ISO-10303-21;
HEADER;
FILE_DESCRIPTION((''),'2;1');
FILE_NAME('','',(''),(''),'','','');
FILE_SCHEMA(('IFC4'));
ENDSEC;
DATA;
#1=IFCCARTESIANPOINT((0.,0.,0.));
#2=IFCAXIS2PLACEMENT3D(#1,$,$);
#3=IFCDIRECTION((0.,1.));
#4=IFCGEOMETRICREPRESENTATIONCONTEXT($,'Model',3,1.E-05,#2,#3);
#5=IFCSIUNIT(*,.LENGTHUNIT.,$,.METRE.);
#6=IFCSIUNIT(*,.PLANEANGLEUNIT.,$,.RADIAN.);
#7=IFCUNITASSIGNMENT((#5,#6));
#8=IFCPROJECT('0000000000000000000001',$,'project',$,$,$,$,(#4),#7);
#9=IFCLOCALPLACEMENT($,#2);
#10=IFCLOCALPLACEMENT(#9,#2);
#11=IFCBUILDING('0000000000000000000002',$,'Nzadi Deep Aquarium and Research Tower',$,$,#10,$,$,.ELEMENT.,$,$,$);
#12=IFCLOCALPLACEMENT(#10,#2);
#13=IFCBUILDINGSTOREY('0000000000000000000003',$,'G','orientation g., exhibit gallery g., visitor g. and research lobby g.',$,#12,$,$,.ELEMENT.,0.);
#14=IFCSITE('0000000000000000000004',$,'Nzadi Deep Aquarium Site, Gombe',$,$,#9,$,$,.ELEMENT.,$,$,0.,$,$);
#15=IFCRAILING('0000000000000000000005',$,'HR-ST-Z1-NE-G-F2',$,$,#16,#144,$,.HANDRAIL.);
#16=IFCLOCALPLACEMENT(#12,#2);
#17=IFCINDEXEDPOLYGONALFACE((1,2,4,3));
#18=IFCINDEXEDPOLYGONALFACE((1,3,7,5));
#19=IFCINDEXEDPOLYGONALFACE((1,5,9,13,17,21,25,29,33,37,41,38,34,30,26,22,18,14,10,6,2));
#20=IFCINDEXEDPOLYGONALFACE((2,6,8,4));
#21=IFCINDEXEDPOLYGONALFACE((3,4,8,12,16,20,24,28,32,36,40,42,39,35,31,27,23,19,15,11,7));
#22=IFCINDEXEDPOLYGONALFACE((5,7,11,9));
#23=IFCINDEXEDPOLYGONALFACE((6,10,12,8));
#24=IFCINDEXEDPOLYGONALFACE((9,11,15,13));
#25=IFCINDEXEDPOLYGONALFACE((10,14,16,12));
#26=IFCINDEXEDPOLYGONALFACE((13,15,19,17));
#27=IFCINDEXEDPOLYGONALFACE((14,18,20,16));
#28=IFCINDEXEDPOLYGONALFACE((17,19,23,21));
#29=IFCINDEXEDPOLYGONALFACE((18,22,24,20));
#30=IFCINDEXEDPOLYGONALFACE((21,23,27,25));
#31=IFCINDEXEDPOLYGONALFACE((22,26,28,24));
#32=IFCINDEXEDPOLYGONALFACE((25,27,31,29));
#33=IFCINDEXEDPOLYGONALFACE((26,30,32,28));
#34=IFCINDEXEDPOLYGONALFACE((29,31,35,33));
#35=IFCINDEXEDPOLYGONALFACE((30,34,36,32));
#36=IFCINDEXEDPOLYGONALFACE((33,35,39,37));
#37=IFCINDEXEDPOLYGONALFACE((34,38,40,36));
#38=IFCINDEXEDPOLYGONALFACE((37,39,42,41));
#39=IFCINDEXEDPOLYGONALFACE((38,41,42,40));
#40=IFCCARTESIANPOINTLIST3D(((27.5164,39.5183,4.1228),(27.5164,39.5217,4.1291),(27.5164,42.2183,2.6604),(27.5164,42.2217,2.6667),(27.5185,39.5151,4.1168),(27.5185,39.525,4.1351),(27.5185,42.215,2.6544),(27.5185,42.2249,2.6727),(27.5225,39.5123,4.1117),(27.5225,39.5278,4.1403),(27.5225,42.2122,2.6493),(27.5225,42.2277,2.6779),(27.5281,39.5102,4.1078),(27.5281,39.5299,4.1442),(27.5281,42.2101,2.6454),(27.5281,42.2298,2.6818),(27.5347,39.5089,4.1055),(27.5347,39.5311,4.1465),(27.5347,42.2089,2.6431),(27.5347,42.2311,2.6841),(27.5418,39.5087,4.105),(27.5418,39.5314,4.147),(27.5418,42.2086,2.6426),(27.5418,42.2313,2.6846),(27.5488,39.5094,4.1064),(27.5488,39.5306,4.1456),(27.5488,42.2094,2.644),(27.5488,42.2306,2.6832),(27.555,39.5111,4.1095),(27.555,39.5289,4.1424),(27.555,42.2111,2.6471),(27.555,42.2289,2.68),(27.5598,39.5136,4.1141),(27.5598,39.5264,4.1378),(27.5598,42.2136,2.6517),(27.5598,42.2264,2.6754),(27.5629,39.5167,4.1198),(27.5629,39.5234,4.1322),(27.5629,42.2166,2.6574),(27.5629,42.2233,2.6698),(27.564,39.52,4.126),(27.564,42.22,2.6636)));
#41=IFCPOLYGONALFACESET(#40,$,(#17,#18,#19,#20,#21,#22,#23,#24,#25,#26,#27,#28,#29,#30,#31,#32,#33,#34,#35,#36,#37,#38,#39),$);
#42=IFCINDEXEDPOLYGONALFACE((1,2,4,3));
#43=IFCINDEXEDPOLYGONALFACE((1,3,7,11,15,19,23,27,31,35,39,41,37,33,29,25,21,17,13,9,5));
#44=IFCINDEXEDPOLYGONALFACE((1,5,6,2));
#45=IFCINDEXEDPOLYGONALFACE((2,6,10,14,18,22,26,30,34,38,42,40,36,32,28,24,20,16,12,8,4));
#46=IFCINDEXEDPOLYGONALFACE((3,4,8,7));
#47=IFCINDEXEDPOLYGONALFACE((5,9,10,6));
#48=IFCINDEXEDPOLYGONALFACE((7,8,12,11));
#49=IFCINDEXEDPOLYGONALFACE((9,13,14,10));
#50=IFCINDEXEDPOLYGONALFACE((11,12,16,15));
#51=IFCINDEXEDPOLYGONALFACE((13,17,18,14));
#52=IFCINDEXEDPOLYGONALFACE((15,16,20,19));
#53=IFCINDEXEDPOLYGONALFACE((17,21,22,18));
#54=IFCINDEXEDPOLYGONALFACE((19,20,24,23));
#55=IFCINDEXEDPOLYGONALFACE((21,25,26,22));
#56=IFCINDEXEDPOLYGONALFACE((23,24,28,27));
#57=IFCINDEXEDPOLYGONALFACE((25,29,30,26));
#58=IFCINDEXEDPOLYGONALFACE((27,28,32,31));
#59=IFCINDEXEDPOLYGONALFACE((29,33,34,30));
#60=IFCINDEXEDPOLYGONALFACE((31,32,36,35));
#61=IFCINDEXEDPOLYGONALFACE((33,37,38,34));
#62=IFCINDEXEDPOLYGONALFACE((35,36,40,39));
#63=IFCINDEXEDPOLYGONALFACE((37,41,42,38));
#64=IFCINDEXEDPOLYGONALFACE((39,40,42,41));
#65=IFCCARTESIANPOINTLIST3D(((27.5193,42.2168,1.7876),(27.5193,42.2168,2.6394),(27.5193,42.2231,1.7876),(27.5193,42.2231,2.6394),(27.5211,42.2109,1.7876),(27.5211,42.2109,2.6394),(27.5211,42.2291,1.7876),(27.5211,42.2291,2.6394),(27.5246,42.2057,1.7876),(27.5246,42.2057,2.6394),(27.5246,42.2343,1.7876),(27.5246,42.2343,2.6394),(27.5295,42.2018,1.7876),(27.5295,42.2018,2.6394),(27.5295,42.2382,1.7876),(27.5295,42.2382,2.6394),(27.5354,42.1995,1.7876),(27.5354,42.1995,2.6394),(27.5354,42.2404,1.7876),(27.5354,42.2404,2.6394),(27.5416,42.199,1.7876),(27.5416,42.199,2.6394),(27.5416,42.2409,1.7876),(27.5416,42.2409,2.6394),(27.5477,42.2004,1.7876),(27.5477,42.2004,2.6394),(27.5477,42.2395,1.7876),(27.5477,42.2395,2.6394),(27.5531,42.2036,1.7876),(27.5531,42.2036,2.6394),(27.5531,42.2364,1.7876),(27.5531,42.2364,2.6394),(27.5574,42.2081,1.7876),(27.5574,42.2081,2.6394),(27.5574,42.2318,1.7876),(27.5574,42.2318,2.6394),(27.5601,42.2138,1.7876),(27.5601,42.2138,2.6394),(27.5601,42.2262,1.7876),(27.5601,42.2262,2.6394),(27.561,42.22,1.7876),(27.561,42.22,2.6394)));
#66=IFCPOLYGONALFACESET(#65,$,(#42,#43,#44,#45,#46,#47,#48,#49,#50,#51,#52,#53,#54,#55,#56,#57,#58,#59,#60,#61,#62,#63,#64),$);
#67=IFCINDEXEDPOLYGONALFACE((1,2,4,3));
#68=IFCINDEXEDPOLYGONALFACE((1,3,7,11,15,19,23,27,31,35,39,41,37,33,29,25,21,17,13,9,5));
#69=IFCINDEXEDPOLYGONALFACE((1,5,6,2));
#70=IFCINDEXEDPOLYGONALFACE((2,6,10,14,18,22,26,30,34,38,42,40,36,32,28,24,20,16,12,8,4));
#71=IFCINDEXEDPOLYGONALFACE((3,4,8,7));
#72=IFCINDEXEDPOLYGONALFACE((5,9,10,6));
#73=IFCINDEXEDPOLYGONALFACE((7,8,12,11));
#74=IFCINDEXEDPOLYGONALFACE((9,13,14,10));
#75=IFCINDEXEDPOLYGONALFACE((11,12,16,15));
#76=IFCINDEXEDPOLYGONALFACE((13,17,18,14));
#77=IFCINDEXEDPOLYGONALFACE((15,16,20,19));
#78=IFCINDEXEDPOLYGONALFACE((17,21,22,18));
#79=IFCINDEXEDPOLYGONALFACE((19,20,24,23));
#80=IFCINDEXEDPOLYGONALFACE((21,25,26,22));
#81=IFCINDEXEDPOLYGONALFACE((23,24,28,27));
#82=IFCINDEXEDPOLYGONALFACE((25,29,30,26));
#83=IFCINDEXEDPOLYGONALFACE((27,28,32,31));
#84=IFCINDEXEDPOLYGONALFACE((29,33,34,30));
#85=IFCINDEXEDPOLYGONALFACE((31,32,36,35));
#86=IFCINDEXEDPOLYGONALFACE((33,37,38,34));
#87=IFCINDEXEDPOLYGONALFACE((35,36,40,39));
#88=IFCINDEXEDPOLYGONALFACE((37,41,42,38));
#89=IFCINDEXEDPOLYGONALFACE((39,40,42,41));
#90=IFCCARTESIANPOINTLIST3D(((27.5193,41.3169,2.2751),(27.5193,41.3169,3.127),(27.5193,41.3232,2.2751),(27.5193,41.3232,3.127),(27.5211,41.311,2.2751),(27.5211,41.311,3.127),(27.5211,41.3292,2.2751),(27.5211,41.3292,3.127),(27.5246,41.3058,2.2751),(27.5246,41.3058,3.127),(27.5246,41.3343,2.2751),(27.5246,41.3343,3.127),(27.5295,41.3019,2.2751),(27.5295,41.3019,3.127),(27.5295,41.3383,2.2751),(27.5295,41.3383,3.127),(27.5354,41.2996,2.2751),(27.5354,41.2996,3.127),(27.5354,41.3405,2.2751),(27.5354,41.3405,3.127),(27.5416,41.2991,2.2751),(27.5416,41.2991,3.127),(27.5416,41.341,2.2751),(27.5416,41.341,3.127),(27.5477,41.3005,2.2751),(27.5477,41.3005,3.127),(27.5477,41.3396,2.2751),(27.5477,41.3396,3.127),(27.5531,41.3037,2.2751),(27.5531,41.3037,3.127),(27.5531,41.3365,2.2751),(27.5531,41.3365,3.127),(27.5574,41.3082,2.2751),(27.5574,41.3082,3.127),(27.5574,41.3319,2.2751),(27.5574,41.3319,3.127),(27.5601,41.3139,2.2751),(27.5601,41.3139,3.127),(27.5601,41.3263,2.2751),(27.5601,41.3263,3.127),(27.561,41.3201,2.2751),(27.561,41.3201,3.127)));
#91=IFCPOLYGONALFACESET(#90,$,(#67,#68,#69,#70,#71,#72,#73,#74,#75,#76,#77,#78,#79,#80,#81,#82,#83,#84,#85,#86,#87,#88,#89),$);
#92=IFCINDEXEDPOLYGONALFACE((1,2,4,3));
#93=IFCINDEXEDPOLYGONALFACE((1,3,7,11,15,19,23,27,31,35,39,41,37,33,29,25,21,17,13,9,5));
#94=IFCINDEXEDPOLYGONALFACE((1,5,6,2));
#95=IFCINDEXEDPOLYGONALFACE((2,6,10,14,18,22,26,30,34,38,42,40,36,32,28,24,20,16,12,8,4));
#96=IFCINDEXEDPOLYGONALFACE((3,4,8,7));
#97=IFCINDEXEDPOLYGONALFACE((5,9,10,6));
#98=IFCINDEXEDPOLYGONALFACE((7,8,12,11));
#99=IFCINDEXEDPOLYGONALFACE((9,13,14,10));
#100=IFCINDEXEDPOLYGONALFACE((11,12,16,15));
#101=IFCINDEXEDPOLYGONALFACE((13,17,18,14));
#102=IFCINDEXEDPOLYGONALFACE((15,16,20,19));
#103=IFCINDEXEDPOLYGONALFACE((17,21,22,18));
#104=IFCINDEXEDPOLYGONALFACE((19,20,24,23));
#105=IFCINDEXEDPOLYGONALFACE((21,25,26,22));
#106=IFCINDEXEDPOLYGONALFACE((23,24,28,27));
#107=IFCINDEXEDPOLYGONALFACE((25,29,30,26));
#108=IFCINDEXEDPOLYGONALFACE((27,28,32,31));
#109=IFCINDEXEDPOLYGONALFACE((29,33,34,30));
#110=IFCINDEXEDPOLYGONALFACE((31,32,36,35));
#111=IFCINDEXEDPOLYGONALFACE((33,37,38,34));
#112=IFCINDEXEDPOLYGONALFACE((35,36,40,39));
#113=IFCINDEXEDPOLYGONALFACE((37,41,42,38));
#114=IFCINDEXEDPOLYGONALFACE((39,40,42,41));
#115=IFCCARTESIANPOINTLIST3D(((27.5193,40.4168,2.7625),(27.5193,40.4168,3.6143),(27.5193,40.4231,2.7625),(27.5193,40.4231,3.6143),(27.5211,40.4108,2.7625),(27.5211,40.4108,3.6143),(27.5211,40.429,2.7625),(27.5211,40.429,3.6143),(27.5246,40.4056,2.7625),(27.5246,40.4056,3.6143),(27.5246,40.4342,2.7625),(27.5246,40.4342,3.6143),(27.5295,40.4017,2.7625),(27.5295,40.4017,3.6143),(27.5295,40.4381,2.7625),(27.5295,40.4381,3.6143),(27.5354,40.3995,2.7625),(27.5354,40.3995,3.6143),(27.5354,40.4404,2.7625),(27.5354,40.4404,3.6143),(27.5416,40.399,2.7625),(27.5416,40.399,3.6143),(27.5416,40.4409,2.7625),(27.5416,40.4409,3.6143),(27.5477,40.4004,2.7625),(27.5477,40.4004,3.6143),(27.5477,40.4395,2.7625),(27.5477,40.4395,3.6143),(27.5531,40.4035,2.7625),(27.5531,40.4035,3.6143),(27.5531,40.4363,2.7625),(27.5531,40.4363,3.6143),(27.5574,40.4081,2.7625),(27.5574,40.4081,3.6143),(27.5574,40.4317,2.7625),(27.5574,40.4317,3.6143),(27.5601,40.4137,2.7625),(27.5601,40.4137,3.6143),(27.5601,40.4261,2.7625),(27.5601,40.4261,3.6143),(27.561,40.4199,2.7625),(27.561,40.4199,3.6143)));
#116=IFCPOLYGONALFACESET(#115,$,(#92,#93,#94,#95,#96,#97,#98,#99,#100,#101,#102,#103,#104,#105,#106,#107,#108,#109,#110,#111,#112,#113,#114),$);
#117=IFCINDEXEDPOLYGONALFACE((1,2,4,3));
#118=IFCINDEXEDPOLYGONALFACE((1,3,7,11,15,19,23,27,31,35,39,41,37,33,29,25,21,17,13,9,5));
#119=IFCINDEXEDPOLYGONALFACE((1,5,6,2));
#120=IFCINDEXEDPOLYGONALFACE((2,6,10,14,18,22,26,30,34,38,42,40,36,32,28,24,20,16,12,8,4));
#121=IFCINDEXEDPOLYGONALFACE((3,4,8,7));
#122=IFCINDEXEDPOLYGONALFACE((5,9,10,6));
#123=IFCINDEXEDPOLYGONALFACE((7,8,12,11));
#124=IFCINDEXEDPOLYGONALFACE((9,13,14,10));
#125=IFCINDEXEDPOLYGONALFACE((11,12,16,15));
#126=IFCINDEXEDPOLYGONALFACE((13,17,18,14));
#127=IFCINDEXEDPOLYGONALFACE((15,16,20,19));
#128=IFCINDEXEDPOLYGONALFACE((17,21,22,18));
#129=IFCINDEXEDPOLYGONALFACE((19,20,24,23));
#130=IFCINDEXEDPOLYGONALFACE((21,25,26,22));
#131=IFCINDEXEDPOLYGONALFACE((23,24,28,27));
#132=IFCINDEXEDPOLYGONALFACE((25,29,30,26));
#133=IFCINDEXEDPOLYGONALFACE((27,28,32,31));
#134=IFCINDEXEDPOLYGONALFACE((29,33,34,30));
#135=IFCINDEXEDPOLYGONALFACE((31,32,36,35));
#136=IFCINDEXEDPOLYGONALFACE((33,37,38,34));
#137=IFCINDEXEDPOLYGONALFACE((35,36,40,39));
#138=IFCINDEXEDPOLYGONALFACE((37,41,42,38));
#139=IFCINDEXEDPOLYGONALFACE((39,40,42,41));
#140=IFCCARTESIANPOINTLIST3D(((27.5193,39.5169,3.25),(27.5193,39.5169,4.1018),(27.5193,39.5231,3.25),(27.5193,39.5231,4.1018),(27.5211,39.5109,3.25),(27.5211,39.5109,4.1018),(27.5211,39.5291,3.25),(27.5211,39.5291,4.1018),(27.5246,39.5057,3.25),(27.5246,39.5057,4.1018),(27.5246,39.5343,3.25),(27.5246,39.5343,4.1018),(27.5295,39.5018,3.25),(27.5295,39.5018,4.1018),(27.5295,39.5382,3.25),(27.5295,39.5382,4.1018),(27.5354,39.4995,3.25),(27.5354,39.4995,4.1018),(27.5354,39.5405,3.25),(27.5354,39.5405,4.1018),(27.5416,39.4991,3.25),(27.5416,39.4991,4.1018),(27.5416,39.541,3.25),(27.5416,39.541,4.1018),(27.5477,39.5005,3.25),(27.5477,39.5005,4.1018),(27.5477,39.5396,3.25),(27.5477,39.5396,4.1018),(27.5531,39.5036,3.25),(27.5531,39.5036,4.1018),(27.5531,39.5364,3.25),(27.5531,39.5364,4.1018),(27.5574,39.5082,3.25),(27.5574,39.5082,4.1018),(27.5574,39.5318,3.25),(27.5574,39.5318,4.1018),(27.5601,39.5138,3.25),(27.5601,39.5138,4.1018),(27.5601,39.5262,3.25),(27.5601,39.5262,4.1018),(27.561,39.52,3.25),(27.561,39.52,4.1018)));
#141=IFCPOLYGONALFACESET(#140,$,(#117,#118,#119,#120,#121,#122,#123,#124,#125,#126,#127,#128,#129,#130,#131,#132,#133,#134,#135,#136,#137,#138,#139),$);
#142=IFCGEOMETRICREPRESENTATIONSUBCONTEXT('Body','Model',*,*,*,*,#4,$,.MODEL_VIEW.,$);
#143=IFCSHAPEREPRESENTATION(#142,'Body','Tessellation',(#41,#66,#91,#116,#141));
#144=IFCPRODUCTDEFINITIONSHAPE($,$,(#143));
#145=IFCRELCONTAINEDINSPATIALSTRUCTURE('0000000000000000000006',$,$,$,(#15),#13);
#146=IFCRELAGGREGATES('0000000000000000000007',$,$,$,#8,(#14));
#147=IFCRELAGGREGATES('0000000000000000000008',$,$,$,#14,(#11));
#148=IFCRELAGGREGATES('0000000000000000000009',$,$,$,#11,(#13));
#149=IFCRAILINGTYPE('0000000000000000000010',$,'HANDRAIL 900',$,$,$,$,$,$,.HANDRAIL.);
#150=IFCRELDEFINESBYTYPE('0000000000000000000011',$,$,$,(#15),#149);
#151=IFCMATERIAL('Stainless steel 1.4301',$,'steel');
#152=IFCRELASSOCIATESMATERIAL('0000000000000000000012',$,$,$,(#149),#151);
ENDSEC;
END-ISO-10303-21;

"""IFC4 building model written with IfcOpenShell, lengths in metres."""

from ifc_helpers import new_model, si_unit, direction, frame, origin, origin_2d, place, context, subcontext, project, spatial, circle, extrude, material, type_object, element, save


model = new_model("IFC4")

# Units and contexts
model_context = context("Model", 3, precision=1e-05, world=origin(), true_north=direction((0.0, 1.0)))
body_context = subcontext(model_context, "Body", "Model", "MODEL_VIEW")
ifc_project = project(units=[si_unit("LENGTHUNIT", "METRE"), si_unit("PLANEANGLEUNIT", "RADIAN")], contexts=[model_context])

# Site, building, storey
site_placement = place(None, origin())
site = spatial("IfcSite", under=ifc_project, at=site_placement, Name="Nzadi Deep Aquarium Site, Gombe", CompositionType="ELEMENT", RefElevation=0.0)
building_placement = place(site_placement, origin())
building = spatial("IfcBuilding", under=site, at=building_placement, Name="Nzadi Deep Aquarium and Research Tower", CompositionType="ELEMENT")
storey_placement = place(building_placement, origin())
storey = spatial("IfcBuildingStorey", under=building, at=storey_placement, Name="G", Description="orientation g., exhibit gallery g., visitor g. and research lobby g.", CompositionType="ELEMENT", Elevation=0.0)

# Railing
ifc_material_1 = material(Name="Stainless steel 1.4301", Category="steel")
railing_type = type_object("IfcRailingType", Name="HANDRAIL 900", PredefinedType="HANDRAIL", material=ifc_material_1)
for number, where, name in (
    (1, (27.54, 42.22, 1.7876), "HR-ST-Z1-NE-G-F2"),
):
    element("IfcRailing", number, at=place(storey_placement, frame(where)), inside=storey, type_object=railing_type, Name=name, PredefinedType="HANDRAIL", context=body_context, shape_type="SweptSolid", body=[
        extrude(circle(Radius=0.0239, at=origin_2d()), frame((0.0, 0.0, 0.876), z_axis=(0.0, -0.879302, 0.476265), x_axis=(1.0, 0.0, 0.0)), (0.0, 0.0, 1.0), 3.0706),
        extrude(circle(Radius=0.021, at=origin_2d()), origin(), (0.0, 0.0, 1.0), 0.8518),
        extrude(circle(Radius=0.021, at=origin_2d()), frame((0.0, -0.8999, 0.4875)), (0.0, 0.0, 1.0), 0.8518),
        extrude(circle(Radius=0.021, at=origin_2d()), frame((0.0, -1.8, 0.9749)), (0.0, 0.0, 1.0), 0.8518),
        extrude(circle(Radius=0.021, at=origin_2d()), frame((0.0, -2.7, 1.4624)), (0.0, 0.0, 1.0), 0.8518),
    ])

save(model, "model.ifc")
